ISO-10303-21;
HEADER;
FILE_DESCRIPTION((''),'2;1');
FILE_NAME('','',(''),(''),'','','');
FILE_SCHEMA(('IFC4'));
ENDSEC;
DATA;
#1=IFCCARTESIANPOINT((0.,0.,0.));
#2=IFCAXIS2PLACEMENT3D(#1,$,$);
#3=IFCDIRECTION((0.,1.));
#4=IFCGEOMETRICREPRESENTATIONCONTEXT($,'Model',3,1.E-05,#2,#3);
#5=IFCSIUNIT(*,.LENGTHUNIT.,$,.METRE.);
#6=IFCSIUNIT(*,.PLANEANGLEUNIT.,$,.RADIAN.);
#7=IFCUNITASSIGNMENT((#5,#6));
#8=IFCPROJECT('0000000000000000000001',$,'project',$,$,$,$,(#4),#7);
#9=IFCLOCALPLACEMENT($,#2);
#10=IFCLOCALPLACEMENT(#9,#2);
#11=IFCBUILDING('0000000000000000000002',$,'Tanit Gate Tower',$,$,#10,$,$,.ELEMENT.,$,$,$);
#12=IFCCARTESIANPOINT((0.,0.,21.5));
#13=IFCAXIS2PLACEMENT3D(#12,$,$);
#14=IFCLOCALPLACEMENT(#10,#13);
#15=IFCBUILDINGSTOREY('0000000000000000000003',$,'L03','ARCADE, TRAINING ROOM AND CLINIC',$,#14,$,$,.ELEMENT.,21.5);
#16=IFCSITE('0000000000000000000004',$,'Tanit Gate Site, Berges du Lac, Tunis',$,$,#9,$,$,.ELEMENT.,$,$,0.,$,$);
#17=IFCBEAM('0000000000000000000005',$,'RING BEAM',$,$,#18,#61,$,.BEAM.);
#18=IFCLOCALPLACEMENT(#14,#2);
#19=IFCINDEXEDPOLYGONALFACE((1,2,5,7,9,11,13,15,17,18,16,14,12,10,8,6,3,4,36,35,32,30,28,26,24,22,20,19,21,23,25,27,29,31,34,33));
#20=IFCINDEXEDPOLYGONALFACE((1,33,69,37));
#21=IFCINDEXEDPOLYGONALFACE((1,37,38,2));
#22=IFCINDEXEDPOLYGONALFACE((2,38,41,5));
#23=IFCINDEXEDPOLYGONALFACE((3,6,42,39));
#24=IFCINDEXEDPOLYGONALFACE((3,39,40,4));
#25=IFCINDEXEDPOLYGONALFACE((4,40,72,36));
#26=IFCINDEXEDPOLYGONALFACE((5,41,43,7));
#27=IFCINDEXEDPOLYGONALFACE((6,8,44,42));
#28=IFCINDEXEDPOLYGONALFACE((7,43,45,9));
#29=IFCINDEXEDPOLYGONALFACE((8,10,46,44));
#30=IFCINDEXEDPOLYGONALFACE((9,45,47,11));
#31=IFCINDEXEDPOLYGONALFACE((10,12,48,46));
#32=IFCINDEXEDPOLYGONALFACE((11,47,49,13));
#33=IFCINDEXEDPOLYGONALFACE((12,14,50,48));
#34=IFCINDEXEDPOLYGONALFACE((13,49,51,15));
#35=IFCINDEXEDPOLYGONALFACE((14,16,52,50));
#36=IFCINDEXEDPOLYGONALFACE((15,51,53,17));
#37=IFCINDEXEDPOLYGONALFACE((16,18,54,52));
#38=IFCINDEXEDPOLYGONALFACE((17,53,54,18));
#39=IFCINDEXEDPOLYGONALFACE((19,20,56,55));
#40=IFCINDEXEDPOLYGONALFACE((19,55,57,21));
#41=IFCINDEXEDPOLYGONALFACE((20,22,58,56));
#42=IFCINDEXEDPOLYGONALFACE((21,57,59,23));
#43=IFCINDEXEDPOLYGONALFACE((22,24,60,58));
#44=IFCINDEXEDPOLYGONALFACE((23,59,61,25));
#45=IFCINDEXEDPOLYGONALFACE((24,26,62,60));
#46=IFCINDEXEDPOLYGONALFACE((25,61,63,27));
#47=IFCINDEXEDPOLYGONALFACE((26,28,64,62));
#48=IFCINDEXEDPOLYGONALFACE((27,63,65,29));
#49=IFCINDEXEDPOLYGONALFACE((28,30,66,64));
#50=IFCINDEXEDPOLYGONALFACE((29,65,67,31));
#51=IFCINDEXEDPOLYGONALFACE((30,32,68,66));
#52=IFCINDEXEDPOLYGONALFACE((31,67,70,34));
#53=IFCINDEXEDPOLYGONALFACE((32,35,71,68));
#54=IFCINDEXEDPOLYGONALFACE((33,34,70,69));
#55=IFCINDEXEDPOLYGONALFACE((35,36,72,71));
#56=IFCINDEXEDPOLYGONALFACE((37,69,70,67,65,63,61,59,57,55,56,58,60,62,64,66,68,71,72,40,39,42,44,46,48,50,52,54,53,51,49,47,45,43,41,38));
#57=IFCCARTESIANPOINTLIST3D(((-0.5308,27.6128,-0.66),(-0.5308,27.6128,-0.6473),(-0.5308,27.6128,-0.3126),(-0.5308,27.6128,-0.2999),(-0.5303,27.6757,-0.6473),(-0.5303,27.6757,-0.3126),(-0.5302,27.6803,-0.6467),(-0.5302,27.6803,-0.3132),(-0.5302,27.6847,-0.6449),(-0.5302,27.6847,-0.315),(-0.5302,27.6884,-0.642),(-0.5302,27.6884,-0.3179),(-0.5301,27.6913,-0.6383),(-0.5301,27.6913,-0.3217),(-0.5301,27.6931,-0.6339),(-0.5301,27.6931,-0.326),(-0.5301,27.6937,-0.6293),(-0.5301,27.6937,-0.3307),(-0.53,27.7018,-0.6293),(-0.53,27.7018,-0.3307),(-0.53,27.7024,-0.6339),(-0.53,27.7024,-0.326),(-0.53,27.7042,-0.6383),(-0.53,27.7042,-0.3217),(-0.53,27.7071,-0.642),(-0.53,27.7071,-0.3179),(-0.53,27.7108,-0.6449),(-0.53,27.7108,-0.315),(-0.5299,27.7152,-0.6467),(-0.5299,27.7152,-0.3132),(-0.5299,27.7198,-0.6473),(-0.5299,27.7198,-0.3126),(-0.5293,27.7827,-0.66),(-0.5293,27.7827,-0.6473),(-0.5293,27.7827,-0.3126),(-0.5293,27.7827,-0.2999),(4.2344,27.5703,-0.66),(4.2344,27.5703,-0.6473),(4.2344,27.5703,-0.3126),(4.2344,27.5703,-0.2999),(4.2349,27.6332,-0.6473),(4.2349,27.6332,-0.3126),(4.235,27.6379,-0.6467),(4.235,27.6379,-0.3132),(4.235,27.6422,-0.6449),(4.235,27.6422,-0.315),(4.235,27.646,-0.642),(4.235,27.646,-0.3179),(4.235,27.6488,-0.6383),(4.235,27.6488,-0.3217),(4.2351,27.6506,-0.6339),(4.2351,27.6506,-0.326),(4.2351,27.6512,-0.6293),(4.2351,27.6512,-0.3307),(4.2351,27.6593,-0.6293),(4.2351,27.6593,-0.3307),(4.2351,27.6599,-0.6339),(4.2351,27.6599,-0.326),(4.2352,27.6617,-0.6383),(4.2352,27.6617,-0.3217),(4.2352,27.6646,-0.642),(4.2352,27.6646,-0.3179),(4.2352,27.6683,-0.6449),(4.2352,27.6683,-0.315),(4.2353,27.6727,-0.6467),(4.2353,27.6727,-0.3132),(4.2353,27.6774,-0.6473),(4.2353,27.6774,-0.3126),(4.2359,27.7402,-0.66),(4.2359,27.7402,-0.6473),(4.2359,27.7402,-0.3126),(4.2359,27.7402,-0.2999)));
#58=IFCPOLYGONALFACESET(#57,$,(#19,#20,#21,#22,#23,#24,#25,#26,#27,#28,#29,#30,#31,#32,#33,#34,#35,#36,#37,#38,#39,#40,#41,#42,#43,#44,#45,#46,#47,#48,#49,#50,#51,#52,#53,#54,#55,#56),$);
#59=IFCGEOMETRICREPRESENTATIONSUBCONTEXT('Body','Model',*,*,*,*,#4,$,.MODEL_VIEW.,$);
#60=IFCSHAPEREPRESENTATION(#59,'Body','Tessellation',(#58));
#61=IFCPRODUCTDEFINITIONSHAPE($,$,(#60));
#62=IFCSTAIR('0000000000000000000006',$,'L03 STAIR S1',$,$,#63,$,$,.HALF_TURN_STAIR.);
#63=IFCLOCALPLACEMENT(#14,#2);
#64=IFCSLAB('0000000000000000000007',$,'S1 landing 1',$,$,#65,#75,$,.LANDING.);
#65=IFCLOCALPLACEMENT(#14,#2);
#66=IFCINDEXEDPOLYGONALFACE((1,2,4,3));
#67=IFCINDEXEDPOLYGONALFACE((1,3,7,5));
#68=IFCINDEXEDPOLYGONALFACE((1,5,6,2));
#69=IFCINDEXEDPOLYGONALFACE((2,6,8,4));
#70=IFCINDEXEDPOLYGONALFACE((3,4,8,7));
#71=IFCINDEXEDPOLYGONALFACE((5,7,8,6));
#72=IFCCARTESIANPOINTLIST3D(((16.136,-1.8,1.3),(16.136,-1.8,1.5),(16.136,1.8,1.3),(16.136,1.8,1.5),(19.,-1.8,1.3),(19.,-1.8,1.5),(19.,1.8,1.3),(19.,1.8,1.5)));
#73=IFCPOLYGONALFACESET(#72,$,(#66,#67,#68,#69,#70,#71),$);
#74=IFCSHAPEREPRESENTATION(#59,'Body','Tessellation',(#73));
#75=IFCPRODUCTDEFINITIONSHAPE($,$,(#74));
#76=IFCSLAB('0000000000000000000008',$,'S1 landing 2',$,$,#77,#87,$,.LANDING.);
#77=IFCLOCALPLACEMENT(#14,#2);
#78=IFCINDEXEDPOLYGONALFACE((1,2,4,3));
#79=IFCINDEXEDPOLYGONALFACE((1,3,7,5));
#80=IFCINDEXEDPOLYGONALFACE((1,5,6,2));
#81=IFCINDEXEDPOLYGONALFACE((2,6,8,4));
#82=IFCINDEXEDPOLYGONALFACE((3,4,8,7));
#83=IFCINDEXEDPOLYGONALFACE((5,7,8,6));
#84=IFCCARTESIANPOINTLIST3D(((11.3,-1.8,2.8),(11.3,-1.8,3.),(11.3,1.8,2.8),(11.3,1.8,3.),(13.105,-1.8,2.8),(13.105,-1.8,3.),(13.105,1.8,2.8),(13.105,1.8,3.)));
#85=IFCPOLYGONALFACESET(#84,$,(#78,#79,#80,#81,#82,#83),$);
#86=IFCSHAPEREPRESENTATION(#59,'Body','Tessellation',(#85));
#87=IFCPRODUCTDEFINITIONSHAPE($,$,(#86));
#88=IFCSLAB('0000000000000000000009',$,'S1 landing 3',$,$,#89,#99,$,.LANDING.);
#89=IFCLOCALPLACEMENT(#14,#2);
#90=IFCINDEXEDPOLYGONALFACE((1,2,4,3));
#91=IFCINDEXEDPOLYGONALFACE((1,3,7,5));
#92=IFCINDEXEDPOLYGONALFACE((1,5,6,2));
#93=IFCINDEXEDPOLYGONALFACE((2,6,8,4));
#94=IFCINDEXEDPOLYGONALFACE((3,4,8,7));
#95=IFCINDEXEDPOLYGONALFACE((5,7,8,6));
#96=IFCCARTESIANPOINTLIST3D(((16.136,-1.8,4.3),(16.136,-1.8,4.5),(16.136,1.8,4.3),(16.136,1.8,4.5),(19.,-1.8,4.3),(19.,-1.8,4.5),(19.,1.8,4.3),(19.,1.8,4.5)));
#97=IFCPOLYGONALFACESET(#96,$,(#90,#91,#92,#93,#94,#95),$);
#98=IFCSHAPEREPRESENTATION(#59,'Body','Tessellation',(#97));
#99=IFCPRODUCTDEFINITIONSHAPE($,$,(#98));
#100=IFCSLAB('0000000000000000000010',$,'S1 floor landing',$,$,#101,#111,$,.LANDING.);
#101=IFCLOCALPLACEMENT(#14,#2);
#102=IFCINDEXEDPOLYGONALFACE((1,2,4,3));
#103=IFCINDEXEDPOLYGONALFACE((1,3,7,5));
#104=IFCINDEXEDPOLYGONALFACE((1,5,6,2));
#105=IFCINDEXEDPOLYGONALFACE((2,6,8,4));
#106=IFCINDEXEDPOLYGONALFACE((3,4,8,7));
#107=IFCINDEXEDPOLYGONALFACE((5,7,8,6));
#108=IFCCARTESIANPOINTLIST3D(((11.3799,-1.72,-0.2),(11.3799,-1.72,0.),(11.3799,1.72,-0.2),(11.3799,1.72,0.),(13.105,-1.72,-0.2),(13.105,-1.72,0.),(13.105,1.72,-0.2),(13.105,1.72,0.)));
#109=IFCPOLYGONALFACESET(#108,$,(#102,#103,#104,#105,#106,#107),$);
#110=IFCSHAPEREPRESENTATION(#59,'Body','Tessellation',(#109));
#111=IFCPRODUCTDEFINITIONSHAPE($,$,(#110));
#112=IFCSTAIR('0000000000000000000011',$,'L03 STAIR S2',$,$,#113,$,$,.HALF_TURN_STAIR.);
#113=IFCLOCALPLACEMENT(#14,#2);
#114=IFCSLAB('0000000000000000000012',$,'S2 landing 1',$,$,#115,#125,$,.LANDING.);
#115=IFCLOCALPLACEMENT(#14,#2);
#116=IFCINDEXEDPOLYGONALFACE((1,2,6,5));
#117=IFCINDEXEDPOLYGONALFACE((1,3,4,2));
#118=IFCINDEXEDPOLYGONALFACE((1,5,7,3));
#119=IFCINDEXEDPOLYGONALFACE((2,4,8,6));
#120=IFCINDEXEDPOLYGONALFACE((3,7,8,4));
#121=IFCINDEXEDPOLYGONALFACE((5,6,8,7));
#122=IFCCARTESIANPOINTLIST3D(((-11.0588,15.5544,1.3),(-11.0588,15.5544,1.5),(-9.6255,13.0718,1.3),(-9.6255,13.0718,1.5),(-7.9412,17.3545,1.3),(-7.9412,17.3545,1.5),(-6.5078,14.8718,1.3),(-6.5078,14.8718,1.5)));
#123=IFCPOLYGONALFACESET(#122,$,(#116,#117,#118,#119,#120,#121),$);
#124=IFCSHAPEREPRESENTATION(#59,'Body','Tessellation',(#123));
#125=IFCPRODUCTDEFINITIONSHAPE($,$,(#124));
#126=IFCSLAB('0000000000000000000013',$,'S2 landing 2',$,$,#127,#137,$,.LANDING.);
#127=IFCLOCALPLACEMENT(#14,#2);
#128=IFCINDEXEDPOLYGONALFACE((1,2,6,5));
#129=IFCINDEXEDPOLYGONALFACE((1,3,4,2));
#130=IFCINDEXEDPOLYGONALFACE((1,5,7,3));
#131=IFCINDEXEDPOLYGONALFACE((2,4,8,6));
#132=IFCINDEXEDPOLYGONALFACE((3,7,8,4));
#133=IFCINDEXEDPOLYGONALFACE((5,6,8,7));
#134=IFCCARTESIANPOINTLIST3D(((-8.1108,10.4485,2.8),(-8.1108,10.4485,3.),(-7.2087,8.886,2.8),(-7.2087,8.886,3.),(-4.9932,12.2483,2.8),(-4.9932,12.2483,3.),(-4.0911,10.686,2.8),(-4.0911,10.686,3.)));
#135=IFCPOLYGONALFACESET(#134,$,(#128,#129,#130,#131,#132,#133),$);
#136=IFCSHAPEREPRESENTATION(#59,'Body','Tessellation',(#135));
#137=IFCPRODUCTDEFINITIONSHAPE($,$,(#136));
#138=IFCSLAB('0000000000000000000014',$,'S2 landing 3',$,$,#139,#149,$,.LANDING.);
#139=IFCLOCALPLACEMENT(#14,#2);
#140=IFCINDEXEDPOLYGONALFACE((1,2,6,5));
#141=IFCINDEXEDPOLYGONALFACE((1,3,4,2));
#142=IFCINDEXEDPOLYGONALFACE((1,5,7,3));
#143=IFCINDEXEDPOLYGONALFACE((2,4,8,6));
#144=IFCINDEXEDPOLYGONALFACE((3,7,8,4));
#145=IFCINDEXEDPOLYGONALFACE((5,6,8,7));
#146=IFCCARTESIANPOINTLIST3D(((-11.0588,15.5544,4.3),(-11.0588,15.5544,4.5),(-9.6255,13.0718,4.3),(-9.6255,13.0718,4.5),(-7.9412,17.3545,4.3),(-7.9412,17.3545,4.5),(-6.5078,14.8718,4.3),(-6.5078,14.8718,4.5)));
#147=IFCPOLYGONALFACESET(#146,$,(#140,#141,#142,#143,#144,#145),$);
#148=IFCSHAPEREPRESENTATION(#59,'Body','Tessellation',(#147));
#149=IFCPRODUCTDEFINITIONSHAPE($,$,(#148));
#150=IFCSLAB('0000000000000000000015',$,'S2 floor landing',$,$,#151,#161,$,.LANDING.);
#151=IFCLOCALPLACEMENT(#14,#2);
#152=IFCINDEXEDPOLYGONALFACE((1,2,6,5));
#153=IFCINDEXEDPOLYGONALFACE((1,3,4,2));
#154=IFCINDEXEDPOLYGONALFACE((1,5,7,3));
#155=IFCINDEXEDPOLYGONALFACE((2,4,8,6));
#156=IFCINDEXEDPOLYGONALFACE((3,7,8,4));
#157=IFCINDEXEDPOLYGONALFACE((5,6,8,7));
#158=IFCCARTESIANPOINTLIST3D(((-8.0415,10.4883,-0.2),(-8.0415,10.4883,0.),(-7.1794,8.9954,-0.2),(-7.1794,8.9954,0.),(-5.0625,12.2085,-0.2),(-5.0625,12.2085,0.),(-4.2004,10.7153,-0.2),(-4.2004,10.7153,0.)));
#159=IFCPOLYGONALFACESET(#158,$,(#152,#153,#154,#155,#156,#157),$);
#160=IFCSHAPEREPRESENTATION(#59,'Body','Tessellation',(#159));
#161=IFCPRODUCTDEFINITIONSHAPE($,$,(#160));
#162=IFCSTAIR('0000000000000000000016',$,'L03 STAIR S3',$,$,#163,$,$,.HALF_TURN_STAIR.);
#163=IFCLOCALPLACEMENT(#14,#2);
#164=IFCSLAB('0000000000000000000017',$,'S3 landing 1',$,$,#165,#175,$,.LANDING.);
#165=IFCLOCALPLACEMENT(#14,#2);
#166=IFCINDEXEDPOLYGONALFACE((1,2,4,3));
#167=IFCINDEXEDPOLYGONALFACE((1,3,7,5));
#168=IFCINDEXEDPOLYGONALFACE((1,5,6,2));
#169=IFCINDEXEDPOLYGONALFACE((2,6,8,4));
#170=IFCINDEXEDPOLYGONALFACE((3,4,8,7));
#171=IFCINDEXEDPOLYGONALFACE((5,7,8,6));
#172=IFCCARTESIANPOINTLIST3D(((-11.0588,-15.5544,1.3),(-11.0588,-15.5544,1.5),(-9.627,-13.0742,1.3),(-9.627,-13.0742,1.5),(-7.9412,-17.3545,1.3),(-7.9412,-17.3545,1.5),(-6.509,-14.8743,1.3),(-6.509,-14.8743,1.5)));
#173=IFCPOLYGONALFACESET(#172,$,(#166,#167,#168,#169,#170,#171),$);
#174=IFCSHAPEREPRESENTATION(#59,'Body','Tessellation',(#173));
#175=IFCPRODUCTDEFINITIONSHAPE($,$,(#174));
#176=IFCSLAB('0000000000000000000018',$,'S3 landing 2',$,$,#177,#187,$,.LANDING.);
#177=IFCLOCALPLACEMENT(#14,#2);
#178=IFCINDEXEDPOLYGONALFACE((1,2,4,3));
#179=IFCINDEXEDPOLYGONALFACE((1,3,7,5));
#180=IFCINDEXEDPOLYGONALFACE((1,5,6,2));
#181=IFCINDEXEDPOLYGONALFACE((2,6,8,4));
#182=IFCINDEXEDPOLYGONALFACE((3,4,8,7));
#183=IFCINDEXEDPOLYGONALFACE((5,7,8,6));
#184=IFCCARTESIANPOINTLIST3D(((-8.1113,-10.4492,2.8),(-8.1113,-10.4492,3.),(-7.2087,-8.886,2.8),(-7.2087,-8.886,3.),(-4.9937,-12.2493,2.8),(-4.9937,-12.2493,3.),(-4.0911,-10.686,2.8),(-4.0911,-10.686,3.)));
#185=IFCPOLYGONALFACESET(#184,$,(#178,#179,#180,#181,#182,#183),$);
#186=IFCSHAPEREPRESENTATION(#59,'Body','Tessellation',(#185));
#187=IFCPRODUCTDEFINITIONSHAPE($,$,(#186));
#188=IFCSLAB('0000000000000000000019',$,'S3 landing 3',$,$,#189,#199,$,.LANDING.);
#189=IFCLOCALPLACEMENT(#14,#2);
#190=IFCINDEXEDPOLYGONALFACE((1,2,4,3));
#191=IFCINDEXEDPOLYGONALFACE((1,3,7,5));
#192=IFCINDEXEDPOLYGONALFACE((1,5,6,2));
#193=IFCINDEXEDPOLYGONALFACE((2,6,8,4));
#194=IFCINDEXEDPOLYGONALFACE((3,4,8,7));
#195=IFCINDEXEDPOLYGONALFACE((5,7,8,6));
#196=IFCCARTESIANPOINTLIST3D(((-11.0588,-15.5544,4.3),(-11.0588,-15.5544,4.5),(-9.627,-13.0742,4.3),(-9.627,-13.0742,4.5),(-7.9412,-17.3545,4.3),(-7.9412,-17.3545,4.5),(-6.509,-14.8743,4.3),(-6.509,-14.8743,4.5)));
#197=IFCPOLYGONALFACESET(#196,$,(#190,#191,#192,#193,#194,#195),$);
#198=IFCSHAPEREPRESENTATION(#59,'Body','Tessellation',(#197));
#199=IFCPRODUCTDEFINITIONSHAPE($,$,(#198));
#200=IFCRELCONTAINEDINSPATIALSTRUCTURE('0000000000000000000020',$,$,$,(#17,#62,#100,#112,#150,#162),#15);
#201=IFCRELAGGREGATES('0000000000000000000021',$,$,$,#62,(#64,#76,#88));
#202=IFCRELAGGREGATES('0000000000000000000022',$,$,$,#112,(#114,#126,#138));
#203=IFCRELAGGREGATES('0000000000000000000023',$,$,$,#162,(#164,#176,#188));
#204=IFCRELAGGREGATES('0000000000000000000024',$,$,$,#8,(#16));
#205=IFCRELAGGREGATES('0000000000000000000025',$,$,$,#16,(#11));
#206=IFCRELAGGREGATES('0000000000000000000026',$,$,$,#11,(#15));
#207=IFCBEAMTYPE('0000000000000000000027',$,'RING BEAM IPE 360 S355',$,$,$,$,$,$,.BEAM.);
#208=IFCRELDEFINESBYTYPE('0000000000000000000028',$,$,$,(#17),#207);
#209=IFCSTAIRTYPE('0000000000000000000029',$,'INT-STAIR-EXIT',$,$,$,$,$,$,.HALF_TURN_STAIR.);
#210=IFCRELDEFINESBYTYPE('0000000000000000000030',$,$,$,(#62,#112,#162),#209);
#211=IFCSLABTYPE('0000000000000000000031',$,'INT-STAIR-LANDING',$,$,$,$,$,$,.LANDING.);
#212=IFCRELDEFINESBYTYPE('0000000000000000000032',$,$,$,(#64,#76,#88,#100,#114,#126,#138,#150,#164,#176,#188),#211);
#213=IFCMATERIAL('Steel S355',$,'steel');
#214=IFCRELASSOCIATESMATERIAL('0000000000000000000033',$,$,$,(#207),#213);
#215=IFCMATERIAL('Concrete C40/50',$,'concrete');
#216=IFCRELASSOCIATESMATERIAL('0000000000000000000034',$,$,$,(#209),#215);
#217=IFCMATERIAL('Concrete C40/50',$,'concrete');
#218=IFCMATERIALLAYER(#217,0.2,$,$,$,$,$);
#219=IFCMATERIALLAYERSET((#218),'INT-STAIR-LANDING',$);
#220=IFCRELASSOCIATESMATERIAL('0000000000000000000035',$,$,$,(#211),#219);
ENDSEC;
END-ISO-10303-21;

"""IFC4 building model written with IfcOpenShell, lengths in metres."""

from ifc_helpers import new_model, si_unit, direction, frame, origin, origin_2d, place, context, subcontext, project, spatial, polyline, i_section, outline, extrude, material, layer, layer_set, material_profile, profile_set, type_object, element, aggregate, save


model = new_model("IFC4")

# Units and contexts
model_context = context("Model", 3, precision=1e-05, world=origin(), true_north=direction((0.0, 1.0)))
body_context = subcontext(model_context, "Body", "Model", "MODEL_VIEW")
ifc_project = project(units=[si_unit("LENGTHUNIT", "METRE"), si_unit("PLANEANGLEUNIT", "RADIAN")], contexts=[model_context])

# Site, building, storey
site_placement = place(None, origin())
site = spatial("IfcSite", under=ifc_project, at=site_placement, Name="Tanit Gate Site, Berges du Lac, Tunis", CompositionType="ELEMENT", RefElevation=0.0)
building_placement = place(site_placement, origin())
building = spatial("IfcBuilding", under=site, at=building_placement, Name="Tanit Gate Tower", CompositionType="ELEMENT")
storey_placement = place(building_placement, frame((0.0, 0.0, 21.5)))
storey = spatial("IfcBuildingStorey", under=building, at=storey_placement, Name="L03", Description="ARCADE, TRAINING ROOM AND CLINIC", CompositionType="ELEMENT", Elevation=21.5)

# Beam
ifc_material_1 = material(Name="Steel S355", Category="steel")
ifc_material_profile_1 = material_profile(ifc_material_1, i_section(OverallWidth=0.1699, OverallDepth=0.3601, WebThickness=0.0081, FlangeThickness=0.0127, FilletRadius=0.0181, at=origin_2d()), Name="IPE 360")
ifc_profile_set_1 = profile_set([ifc_material_profile_1], Name="Steel S355")
beam_type_1 = type_object("IfcBeamType", Name="RING BEAM IPE 360 S355", PredefinedType="BEAM", material=ifc_profile_set_1)
beam_1_placement = place(storey_placement, frame((4.2351, 27.6553, -0.48), z_axis=(-0.99996, 0.008914, 0.0), x_axis=(-0.008914, -0.99996, 0.0)))
element("IfcBeam", 1, at=beam_1_placement, inside=storey, type_object=beam_type_1, Name="RING BEAM", PredefinedType="BEAM", context=body_context, shape_type="SweptSolid", body=[
    extrude(i_section(OverallWidth=0.1699, OverallDepth=0.3601, WebThickness=0.0081, FlangeThickness=0.0127, FilletRadius=0.0181, at=origin_2d()), origin(), (0.0, 0.0, 1.0), 4.7654),
])

# Stair, slabs
ifc_material_2 = material(Name="Concrete C40/50", Category="concrete")
stair_type = type_object("IfcStairType", Name="INT-STAIR-EXIT", PredefinedType="HALF_TURN_STAIR", material=ifc_material_2)
stair_1_placement = place(storey_placement, origin())
stair_1 = element("IfcStair", 2, at=stair_1_placement, inside=storey, type_object=stair_type, Name="L03 STAIR S1", PredefinedType="HALF_TURN_STAIR")
ifc_material_3 = material(Name="Concrete C40/50", Category="concrete")
ifc_layer_1 = layer(ifc_material_3, 0.2)
ifc_layer_set_1 = layer_set([ifc_layer_1], Name="INT-STAIR-LANDING")
slab_type = type_object("IfcSlabType", Name="INT-STAIR-LANDING", PredefinedType="LANDING", material=ifc_layer_set_1)
slab_1_placement = place(storey_placement, frame((0.0, 0.0, 1.3)))
slab_1 = element("IfcSlab", 3, at=slab_1_placement, type_object=slab_type, Name="S1 landing 1", PredefinedType="LANDING", context=body_context, shape_type="SweptSolid", body=[
    extrude(outline(polyline([(16.136, -1.8), (19.0, -1.8), (19.0, 1.8), (16.136, 1.8), (16.136, -1.8)])), origin(), (0.0, 0.0, 1.0), 0.2),
])
slab_2_placement = place(storey_placement, frame((0.0, 0.0, 2.8)))
slab_2 = element("IfcSlab", 4, at=slab_2_placement, type_object=slab_type, Name="S1 landing 2", PredefinedType="LANDING", context=body_context, shape_type="SweptSolid", body=[
    extrude(outline(polyline([(11.3, -1.8), (13.105, -1.8), (13.105, 1.8), (11.3, 1.8), (11.3, -1.8)])), origin(), (0.0, 0.0, 1.0), 0.2),
])
slab_3_placement = place(storey_placement, frame((0.0, 0.0, 4.3)))
slab_3 = element("IfcSlab", 5, at=slab_3_placement, type_object=slab_type, Name="S1 landing 3", PredefinedType="LANDING", context=body_context, shape_type="SweptSolid", body=[
    extrude(outline(polyline([(16.136, -1.8), (19.0, -1.8), (19.0, 1.8), (16.136, 1.8), (16.136, -1.8)])), origin(), (0.0, 0.0, 1.0), 0.2),
])
aggregate(stair_1, [slab_1, slab_2, slab_3])

# Slab
slab_4_placement = place(storey_placement, frame((0.0, 0.0, -0.2)))
element("IfcSlab", 6, at=slab_4_placement, inside=storey, type_object=slab_type, Name="S1 floor landing", PredefinedType="LANDING", context=body_context, shape_type="SweptSolid", body=[
    extrude(outline(polyline([(11.3799, -1.72), (13.105, -1.72), (13.105, 1.72), (11.3799, 1.72), (11.3799, -1.72)])), origin(), (0.0, 0.0, 1.0), 0.2),
])

# Stair, slabs
stair_2_placement = place(storey_placement, origin())
stair_2 = element("IfcStair", 7, at=stair_2_placement, inside=storey, type_object=stair_type, Name="L03 STAIR S2", PredefinedType="HALF_TURN_STAIR")
slab_5_placement = place(storey_placement, frame((0.0, 0.0, 1.3)))
slab_5 = element("IfcSlab", 8, at=slab_5_placement, type_object=slab_type, Name="S2 landing 1", PredefinedType="LANDING", context=body_context, shape_type="SweptSolid", body=[
    extrude(outline(polyline([(-6.5078, 14.8718), (-7.9412, 17.3545), (-11.0588, 15.5544), (-9.6255, 13.0718), (-6.5078, 14.8718)])), origin(), (0.0, 0.0, 1.0), 0.2),
])
slab_6_placement = place(storey_placement, frame((0.0, 0.0, 2.8)))
slab_6 = element("IfcSlab", 9, at=slab_6_placement, type_object=slab_type, Name="S2 landing 2", PredefinedType="LANDING", context=body_context, shape_type="SweptSolid", body=[
    extrude(outline(polyline([(-4.0911, 10.686), (-4.9932, 12.2483), (-8.1108, 10.4485), (-7.2087, 8.886), (-4.0911, 10.686)])), origin(), (0.0, 0.0, 1.0), 0.2),
])
slab_7_placement = place(storey_placement, frame((0.0, 0.0, 4.3)))
slab_7 = element("IfcSlab", 10, at=slab_7_placement, type_object=slab_type, Name="S2 landing 3", PredefinedType="LANDING", context=body_context, shape_type="SweptSolid", body=[
    extrude(outline(polyline([(-6.5078, 14.8718), (-7.9412, 17.3545), (-11.0588, 15.5544), (-9.6255, 13.0718), (-6.5078, 14.8718)])), origin(), (0.0, 0.0, 1.0), 0.2),
])
aggregate(stair_2, [slab_5, slab_6, slab_7])

# Slab
slab_8_placement = place(storey_placement, frame((0.0, 0.0, -0.2)))
element("IfcSlab", 11, at=slab_8_placement, inside=storey, type_object=slab_type, Name="S2 floor landing", PredefinedType="LANDING", context=body_context, shape_type="SweptSolid", body=[
    extrude(outline(polyline([(-4.2004, 10.7153), (-5.0625, 12.2085), (-8.0415, 10.4883), (-7.1794, 8.9954), (-4.2004, 10.7153)])), origin(), (0.0, 0.0, 1.0), 0.2),
])

# Stair, slabs
stair_3_placement = place(storey_placement, origin())
stair_3 = element("IfcStair", 12, at=stair_3_placement, inside=storey, type_object=stair_type, Name="L03 STAIR S3", PredefinedType="HALF_TURN_STAIR")
slab_9_placement = place(storey_placement, frame((0.0, 0.0, 1.3)))
slab_9 = element("IfcSlab", 13, at=slab_9_placement, type_object=slab_type, Name="S3 landing 1", PredefinedType="LANDING", context=body_context, shape_type="SweptSolid", body=[
    extrude(outline(polyline([(-9.627, -13.0742), (-11.0588, -15.5544), (-7.9412, -17.3545), (-6.509, -14.8743), (-9.627, -13.0742)])), origin(), (0.0, 0.0, 1.0), 0.2),
])
slab_10_placement = place(storey_placement, frame((0.0, 0.0, 2.8)))
slab_10 = element("IfcSlab", 14, at=slab_10_placement, type_object=slab_type, Name="S3 landing 2", PredefinedType="LANDING", context=body_context, shape_type="SweptSolid", body=[
    extrude(outline(polyline([(-7.2087, -8.886), (-8.1113, -10.4492), (-4.9937, -12.2493), (-4.0911, -10.686), (-7.2087, -8.886)])), origin(), (0.0, 0.0, 1.0), 0.2),
])
slab_11_placement = place(storey_placement, frame((0.0, 0.0, 4.3)))
slab_11 = element("IfcSlab", 15, at=slab_11_placement, type_object=slab_type, Name="S3 landing 3", PredefinedType="LANDING", context=body_context, shape_type="SweptSolid", body=[
    extrude(outline(polyline([(-9.627, -13.0742), (-11.0588, -15.5544), (-7.9412, -17.3545), (-6.509, -14.8743), (-9.627, -13.0742)])), origin(), (0.0, 0.0, 1.0), 0.2),
])
aggregate(stair_3, [slab_9, slab_10, slab_11])

save(model, "model.ifc")
